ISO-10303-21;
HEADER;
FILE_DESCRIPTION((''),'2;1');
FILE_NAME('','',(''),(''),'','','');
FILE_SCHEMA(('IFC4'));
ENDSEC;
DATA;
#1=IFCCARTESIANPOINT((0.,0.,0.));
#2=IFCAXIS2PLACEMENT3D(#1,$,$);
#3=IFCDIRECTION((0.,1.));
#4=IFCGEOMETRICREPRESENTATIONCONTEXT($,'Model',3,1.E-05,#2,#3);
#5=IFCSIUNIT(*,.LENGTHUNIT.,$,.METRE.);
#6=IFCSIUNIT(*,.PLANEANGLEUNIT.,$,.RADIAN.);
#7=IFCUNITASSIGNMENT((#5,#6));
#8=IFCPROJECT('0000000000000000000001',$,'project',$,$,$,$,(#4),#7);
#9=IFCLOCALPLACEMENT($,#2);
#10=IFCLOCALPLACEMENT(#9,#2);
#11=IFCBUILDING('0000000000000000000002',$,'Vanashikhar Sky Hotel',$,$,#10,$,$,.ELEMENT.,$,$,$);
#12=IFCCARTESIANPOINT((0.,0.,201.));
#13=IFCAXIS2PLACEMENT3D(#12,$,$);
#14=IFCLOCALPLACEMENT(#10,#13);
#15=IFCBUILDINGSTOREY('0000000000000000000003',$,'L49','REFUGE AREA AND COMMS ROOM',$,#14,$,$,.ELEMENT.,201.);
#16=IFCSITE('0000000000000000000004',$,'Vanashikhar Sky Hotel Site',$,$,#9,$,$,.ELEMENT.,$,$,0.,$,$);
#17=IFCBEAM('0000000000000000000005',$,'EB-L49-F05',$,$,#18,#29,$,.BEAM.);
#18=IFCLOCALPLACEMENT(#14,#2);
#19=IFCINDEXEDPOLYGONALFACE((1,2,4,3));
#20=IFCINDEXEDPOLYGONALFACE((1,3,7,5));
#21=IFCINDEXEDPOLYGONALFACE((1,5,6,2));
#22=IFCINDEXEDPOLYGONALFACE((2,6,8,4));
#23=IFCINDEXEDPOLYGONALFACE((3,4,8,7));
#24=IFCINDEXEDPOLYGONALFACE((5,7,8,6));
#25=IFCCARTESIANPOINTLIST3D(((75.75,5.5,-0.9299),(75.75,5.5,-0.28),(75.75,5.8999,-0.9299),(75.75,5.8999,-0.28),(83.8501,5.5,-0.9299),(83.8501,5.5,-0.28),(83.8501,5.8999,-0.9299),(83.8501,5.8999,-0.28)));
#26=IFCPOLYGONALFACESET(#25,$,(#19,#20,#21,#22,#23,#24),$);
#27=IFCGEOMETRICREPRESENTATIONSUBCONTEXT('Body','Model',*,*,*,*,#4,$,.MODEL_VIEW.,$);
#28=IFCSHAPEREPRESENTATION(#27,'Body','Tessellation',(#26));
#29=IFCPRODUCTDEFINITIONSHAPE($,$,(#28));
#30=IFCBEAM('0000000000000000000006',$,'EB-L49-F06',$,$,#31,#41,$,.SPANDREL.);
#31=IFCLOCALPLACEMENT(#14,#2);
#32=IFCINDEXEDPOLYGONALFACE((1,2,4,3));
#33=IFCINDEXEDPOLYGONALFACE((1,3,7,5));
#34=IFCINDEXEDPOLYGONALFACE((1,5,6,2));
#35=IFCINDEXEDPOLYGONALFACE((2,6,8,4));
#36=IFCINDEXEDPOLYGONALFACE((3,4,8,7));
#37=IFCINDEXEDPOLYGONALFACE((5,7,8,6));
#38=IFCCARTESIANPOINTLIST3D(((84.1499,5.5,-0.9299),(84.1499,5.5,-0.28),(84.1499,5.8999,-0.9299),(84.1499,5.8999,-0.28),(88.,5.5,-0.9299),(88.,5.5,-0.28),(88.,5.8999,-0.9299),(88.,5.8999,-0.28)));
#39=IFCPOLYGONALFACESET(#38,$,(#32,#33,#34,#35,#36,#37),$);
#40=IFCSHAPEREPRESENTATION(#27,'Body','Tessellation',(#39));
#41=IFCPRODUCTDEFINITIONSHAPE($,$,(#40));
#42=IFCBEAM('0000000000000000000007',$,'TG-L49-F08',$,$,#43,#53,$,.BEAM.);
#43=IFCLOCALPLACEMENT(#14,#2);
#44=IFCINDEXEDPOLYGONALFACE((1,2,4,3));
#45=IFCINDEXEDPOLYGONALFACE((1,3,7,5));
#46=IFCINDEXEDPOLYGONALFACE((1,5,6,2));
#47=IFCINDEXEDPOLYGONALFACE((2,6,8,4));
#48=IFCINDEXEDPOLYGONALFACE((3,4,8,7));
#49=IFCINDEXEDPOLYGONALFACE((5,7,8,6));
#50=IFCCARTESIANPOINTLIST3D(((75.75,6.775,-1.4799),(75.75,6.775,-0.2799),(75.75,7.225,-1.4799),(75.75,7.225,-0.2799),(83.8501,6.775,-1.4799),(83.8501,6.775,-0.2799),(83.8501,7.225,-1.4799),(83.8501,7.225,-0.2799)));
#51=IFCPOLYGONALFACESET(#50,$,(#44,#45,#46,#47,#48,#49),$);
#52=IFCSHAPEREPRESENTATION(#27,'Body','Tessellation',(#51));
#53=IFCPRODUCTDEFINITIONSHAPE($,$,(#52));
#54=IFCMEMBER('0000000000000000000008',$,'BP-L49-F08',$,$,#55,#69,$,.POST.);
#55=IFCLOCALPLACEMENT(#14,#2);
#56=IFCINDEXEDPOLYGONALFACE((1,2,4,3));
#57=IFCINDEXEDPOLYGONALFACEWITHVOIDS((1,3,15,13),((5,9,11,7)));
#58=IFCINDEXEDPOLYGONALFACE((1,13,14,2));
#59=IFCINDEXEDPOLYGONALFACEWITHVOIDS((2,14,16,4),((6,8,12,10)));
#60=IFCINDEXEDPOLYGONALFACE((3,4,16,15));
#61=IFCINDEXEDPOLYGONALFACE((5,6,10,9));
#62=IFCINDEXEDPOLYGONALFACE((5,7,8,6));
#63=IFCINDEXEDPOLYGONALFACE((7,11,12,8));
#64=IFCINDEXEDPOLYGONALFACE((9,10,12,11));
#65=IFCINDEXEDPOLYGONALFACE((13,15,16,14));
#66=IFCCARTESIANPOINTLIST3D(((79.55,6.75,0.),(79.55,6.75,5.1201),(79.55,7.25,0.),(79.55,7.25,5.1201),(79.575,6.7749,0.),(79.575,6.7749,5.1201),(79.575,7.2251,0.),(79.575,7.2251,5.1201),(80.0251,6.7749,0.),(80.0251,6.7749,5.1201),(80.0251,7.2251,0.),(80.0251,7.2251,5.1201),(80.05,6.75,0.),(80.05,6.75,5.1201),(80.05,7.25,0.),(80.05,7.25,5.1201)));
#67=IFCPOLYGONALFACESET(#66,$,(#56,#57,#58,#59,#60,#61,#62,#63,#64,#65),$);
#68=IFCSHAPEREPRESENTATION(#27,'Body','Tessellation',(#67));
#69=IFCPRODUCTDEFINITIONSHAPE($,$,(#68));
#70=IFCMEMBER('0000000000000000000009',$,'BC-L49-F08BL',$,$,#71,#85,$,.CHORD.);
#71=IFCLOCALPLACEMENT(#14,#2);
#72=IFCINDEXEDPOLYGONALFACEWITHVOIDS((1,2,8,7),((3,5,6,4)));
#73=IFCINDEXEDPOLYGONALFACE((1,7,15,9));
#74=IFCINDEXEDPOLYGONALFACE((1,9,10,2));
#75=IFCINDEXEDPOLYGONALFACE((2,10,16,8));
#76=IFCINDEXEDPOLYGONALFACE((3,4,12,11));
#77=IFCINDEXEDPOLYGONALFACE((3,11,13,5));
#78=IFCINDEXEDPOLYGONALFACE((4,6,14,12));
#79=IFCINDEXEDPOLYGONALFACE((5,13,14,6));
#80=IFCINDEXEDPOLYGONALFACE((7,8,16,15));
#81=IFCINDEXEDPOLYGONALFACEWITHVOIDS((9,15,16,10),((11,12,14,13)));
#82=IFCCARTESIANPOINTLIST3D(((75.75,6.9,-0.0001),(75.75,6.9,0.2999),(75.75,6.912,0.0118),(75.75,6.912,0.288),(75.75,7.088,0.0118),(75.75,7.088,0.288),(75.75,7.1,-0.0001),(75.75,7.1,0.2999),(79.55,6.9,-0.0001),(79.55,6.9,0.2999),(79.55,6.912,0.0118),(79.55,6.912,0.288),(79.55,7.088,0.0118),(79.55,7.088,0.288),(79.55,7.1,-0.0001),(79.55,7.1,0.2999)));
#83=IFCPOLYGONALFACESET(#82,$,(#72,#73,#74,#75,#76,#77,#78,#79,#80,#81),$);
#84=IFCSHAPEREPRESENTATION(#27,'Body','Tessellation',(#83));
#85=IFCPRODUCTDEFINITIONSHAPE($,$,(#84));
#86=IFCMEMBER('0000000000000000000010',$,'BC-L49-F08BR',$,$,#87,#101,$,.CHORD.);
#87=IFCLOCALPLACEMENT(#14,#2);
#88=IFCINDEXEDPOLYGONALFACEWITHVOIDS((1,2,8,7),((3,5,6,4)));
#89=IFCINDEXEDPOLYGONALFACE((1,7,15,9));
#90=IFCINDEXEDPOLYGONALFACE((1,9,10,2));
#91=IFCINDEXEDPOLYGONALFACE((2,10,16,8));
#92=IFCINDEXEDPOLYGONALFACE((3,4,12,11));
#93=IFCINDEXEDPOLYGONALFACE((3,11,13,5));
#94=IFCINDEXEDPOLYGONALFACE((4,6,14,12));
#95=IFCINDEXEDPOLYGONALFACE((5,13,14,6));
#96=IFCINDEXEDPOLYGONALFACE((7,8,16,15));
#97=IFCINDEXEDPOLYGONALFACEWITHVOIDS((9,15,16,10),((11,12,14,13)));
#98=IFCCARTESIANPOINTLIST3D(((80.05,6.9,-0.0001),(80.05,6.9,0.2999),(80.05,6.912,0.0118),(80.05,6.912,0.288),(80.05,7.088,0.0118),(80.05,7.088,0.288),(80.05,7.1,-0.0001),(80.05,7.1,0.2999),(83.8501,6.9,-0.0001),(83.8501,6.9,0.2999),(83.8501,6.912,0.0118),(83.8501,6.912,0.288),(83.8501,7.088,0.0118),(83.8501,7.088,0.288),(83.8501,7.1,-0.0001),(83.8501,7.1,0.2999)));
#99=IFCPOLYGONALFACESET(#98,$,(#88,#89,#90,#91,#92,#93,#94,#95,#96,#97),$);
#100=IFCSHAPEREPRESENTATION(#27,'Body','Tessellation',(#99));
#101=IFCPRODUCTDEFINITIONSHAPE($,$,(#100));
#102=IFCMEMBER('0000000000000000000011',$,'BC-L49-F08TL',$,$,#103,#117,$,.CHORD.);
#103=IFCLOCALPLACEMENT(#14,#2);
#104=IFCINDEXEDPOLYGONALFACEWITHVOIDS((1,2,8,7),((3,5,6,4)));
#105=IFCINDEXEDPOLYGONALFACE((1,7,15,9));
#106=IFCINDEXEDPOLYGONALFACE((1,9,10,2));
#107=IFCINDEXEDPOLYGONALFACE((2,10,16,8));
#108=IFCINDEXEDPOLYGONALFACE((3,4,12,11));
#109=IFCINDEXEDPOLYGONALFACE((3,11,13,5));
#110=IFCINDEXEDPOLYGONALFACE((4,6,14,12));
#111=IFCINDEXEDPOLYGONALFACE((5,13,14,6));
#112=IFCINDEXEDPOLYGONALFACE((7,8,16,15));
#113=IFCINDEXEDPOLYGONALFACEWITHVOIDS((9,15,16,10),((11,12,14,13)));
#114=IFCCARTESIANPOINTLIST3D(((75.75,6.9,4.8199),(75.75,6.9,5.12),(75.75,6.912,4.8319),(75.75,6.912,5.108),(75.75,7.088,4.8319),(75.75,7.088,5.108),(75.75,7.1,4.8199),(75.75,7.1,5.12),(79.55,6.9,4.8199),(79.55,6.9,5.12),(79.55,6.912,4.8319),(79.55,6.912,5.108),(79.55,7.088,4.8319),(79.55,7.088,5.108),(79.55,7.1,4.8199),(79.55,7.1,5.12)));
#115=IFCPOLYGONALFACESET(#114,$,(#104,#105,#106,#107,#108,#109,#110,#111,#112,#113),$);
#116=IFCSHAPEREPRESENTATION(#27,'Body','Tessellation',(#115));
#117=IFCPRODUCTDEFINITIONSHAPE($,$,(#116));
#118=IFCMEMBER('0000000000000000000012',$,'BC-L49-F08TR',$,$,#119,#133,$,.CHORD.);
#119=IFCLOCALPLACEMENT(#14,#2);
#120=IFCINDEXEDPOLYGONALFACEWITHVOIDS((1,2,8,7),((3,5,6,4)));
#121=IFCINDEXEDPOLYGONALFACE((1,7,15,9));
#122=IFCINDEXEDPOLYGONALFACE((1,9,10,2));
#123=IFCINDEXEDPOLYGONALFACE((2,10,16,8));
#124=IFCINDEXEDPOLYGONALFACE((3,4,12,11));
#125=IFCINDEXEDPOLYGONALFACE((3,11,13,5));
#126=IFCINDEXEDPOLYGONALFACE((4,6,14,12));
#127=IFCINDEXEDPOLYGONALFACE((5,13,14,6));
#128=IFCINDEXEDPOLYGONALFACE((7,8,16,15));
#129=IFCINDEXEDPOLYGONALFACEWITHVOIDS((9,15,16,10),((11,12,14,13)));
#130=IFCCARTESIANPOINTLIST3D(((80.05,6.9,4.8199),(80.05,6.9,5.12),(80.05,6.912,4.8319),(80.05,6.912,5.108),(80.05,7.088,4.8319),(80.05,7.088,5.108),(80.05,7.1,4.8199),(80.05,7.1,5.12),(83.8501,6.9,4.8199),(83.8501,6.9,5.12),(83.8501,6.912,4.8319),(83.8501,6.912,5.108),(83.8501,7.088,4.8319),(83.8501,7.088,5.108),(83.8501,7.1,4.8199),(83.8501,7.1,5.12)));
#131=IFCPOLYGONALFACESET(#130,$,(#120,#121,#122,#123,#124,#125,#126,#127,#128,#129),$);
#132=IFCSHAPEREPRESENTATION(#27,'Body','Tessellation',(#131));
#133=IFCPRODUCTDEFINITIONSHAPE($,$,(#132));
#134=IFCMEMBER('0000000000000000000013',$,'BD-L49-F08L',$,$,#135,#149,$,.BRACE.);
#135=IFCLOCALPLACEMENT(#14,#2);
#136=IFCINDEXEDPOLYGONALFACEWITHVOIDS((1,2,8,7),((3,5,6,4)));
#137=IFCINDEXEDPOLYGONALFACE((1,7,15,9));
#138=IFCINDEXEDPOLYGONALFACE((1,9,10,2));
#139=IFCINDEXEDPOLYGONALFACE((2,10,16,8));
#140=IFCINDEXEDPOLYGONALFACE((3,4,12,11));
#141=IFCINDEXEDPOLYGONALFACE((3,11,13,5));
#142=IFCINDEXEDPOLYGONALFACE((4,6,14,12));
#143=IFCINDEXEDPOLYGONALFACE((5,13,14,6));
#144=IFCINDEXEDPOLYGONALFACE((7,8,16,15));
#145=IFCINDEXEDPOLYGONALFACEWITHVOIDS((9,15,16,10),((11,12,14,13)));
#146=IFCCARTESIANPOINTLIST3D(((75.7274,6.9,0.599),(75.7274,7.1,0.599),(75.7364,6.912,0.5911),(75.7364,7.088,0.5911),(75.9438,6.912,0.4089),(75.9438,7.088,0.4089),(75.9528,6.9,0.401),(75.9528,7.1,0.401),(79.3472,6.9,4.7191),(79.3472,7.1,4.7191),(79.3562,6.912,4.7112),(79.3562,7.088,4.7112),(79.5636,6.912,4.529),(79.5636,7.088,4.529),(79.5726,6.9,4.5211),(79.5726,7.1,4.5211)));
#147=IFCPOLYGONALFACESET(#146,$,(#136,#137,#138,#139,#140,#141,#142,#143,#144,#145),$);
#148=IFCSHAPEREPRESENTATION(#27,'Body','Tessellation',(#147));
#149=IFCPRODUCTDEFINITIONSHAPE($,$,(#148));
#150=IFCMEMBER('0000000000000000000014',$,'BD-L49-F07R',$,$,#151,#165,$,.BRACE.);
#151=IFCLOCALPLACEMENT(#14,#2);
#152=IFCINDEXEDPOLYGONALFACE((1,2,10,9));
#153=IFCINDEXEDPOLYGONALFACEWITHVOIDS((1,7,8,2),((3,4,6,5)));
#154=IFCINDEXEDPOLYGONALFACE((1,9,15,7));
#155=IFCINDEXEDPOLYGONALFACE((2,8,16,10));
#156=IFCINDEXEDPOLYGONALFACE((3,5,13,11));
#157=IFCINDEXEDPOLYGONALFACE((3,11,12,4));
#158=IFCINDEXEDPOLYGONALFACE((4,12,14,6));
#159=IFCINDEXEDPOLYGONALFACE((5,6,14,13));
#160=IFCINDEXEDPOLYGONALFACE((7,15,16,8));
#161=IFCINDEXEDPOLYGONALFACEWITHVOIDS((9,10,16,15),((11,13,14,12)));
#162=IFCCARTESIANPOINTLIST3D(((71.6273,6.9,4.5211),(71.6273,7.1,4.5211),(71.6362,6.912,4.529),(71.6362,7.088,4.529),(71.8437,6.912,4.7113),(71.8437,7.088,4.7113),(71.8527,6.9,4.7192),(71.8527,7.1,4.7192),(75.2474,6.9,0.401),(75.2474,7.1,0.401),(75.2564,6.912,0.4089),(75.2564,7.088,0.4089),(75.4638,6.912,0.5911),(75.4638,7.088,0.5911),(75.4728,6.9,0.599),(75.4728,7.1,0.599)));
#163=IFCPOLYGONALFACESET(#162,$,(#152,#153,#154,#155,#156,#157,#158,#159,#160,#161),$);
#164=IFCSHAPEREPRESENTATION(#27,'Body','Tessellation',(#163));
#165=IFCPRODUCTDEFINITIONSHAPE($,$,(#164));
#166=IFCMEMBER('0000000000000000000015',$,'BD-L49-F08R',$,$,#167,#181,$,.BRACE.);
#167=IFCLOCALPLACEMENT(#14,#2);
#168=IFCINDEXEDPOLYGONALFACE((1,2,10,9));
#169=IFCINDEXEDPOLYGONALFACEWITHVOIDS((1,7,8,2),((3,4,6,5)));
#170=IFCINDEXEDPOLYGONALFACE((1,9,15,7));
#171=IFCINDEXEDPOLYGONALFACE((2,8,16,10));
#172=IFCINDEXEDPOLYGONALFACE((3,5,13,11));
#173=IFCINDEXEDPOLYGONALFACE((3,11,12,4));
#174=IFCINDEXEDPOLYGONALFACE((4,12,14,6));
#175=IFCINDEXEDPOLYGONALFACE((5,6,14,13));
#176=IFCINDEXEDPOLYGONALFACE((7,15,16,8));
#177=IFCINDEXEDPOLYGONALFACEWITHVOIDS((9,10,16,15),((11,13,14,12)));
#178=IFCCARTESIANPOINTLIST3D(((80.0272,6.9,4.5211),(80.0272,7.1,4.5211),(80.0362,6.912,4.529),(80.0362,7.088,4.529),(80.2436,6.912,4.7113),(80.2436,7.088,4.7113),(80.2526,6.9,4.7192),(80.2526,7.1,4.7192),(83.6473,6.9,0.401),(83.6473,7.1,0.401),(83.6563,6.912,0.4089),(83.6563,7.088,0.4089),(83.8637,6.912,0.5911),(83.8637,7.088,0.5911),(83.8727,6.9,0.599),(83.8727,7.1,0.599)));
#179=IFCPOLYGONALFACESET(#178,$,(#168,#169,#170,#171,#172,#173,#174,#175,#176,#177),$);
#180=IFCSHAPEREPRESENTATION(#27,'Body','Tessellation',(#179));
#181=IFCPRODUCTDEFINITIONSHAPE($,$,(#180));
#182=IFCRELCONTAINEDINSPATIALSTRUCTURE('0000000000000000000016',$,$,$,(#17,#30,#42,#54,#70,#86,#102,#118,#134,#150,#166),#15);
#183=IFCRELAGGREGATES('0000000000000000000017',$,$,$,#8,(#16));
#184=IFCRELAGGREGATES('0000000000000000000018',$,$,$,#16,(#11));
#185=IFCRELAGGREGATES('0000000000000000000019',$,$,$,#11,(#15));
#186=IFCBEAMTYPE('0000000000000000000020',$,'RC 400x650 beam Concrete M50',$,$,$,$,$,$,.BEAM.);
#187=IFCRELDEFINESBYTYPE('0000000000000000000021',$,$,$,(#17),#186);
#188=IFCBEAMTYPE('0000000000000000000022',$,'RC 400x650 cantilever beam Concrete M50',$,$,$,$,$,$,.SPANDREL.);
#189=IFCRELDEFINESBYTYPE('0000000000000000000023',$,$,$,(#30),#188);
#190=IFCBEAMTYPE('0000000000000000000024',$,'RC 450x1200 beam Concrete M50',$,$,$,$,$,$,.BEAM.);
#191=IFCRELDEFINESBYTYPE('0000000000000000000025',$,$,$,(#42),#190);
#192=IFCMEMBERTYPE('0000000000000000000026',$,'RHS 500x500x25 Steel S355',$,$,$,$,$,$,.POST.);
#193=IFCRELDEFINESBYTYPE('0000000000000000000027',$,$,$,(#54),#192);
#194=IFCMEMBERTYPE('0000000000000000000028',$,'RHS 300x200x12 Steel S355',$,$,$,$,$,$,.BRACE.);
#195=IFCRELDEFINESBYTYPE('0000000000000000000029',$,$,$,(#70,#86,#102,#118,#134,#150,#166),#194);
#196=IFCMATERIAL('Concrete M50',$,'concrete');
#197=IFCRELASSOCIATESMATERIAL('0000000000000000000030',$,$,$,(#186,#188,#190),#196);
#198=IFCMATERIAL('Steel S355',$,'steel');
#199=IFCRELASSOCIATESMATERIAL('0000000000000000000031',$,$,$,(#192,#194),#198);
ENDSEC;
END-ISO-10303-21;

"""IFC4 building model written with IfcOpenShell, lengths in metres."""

from ifc_helpers import new_model, si_unit, direction, frame, origin, origin_2d, place, context, subcontext, project, spatial, rectangle, hollow_rectangle, extrude, source, transform, mapped, material, material_profile, profile_set, type_object, element, save


model = new_model("IFC4")

# Units and contexts
model_context = context("Model", 3, precision=1e-05, world=origin(), true_north=direction((0.0, 1.0)))
body_context = subcontext(model_context, "Body", "Model", "MODEL_VIEW")
ifc_project = project(units=[si_unit("LENGTHUNIT", "METRE"), si_unit("PLANEANGLEUNIT", "RADIAN")], contexts=[model_context])

# Site, building, storey
site_placement = place(None, origin())
site = spatial("IfcSite", under=ifc_project, at=site_placement, Name="Vanashikhar Sky Hotel Site", CompositionType="ELEMENT", RefElevation=0.0)
building_placement = place(site_placement, origin())
building = spatial("IfcBuilding", under=site, at=building_placement, Name="Vanashikhar Sky Hotel", CompositionType="ELEMENT")
storey_placement = place(building_placement, frame((0.0, 0.0, 201.0)))
storey = spatial("IfcBuildingStorey", under=building, at=storey_placement, Name="L49", Description="REFUGE AREA AND COMMS ROOM", CompositionType="ELEMENT", Elevation=201.0)

# Beams
ifc_material_1 = material(Name="Concrete M50", Category="concrete")
ifc_material_profile_1 = material_profile(ifc_material_1, rectangle(XDim=0.3999, YDim=0.6499, at=origin_2d()))
ifc_profile_set_1 = profile_set([ifc_material_profile_1], Name="RC 400x650 beam Concrete M50")
beam_type_1 = type_object("IfcBeamType", Name="RC 400x650 beam Concrete M50", PredefinedType="BEAM", material=ifc_profile_set_1)
shared_shape_1 = source(origin(), body_context, "Body", "SweptSolid", [
    extrude(rectangle(XDim=0.3999, YDim=0.6499, at=origin_2d()), origin(), (0.0, 0.0, 1.0), 8.1001),
])
beam_1_placement = place(storey_placement, frame((75.75, 5.7, -0.605), z_axis=(1.0, 0.0, 0.0), x_axis=(0.0, 1.0, 0.0)))
element("IfcBeam", 1, at=beam_1_placement, inside=storey, type_object=beam_type_1, Name="EB-L49-F05", PredefinedType="BEAM", context=body_context, shape_type="MappedRepresentation", body=[
    mapped(shared_shape_1, transform((0.0, 0.0, 0.0), scale=1.0)),
])
ifc_material_profile_2 = material_profile(ifc_material_1, rectangle(XDim=0.3999, YDim=0.6499, at=origin_2d()))
ifc_profile_set_2 = profile_set([ifc_material_profile_2], Name="RC 400x650 cantilever beam Concrete M50")
beam_type_2 = type_object("IfcBeamType", Name="RC 400x650 cantilever beam Concrete M50", PredefinedType="SPANDREL", material=ifc_profile_set_2)
shared_shape_2 = source(origin(), body_context, "Body", "SweptSolid", [
    extrude(rectangle(XDim=0.3999, YDim=0.6499, at=origin_2d()), origin(), (0.0, 0.0, 1.0), 3.8501),
])
beam_2_placement = place(storey_placement, frame((84.1499, 5.7, -0.605), z_axis=(1.0, 0.0, 0.0), x_axis=(0.0, 1.0, 0.0)))
element("IfcBeam", 2, at=beam_2_placement, inside=storey, type_object=beam_type_2, Name="EB-L49-F06", PredefinedType="SPANDREL", context=body_context, shape_type="MappedRepresentation", body=[
    mapped(shared_shape_2, transform((0.0, 0.0, 0.0), scale=1.0)),
])
ifc_material_profile_3 = material_profile(ifc_material_1, rectangle(XDim=0.45, YDim=1.2, at=origin_2d()))
ifc_profile_set_3 = profile_set([ifc_material_profile_3], Name="RC 450x1200 beam Concrete M50")
beam_type_3 = type_object("IfcBeamType", Name="RC 450x1200 beam Concrete M50", PredefinedType="BEAM", material=ifc_profile_set_3)
shared_shape_3 = source(origin(), body_context, "Body", "SweptSolid", [
    extrude(rectangle(XDim=0.45, YDim=1.2, at=origin_2d()), origin(), (0.0, 0.0, 1.0), 8.1001),
])
beam_3_placement = place(storey_placement, frame((75.75, 7.0, -0.8799), z_axis=(1.0, 0.0, 0.0), x_axis=(0.0, 1.0, 0.0)))
element("IfcBeam", 3, at=beam_3_placement, inside=storey, type_object=beam_type_3, Name="TG-L49-F08", PredefinedType="BEAM", context=body_context, shape_type="MappedRepresentation", body=[
    mapped(shared_shape_3, transform((0.0, 0.0, 0.0), scale=1.0)),
])

# Members
ifc_material_2 = material(Name="Steel S355", Category="steel")
ifc_material_profile_4 = material_profile(ifc_material_2, hollow_rectangle(XDim=0.5, YDim=0.5, WallThickness=0.0249, at=origin_2d()))
ifc_profile_set_4 = profile_set([ifc_material_profile_4], Name="RHS 500x500x25 Steel S355")
member_type_1 = type_object("IfcMemberType", Name="RHS 500x500x25 Steel S355", PredefinedType="POST", material=ifc_profile_set_4)
shared_shape_4 = source(origin(), body_context, "Body", "SweptSolid", [
    extrude(hollow_rectangle(XDim=0.5, YDim=0.5, WallThickness=0.0249, at=origin_2d()), origin(), (0.0, 0.0, 1.0), 5.1201),
])
member_1_placement = place(storey_placement, frame((79.8, 7.0, 0.0), z_axis=(0.0, 0.0, 1.0), x_axis=(1.0, 0.0, 0.0)))
element("IfcMember", 4, at=member_1_placement, inside=storey, type_object=member_type_1, Name="BP-L49-F08", PredefinedType="POST", context=body_context, shape_type="MappedRepresentation", body=[
    mapped(shared_shape_4, transform((0.0, 0.0, 0.0), scale=1.0)),
])
ifc_material_profile_5 = material_profile(ifc_material_2, hollow_rectangle(XDim=0.2, YDim=0.3, WallThickness=0.012, at=origin_2d()))
ifc_profile_set_5 = profile_set([ifc_material_profile_5], Name="RHS 300x200x12 Steel S355")
member_type_2 = type_object("IfcMemberType", Name="RHS 300x200x12 Steel S355", PredefinedType="BRACE", material=ifc_profile_set_5)
shared_shape_5 = source(origin(), body_context, "Body", "SweptSolid", [
    extrude(hollow_rectangle(XDim=0.2, YDim=0.3, WallThickness=0.012, at=origin_2d()), origin(), (0.0, 0.0, 1.0), 3.8),
])
for number, where, z_axis, x_axis, name in (
    (5, (75.75, 7.0, 0.1499), (1.0, 0.0, 0.0), (0.0, 1.0, 0.0), "BC-L49-F08BL"),
    (6, (80.05, 7.0, 0.1499), (1.0, 0.0, 0.0), (0.0, 1.0, 0.0), "BC-L49-F08BR"),
    (7, (75.75, 7.0, 4.97), (1.0, 0.0, 0.0), (0.0, 1.0, 0.0), "BC-L49-F08TL"),
    (8, (80.05, 7.0, 4.97), (1.0, 0.0, 0.0), (0.0, 1.0, 0.0), "BC-L49-F08TR"),
):
    element("IfcMember", number, at=place(storey_placement, frame(where, z_axis=z_axis, x_axis=x_axis)), inside=storey, type_object=member_type_2, Name=name, PredefinedType="CHORD", context=body_context, shape_type="MappedRepresentation", body=[
        mapped(shared_shape_5, transform((0.0, 0.0, 0.0), scale=1.0)),
    ])
shared_shape_6 = source(origin(), body_context, "Body", "SweptSolid", [
    extrude(hollow_rectangle(XDim=0.2, YDim=0.3, WallThickness=0.012, at=origin_2d()), origin(), (0.0, 0.0, 1.0), 5.4844),
])
member_2_placement = place(storey_placement, frame((75.8401, 7.0, 0.5), z_axis=(0.660029, 0.0, 0.75124), x_axis=(0.0, 1.0, 0.0)))
element("IfcMember", 9, at=member_2_placement, inside=storey, type_object=member_type_2, Name="BD-L49-F08L", PredefinedType="BRACE", context=body_context, shape_type="MappedRepresentation", body=[
    mapped(shared_shape_6, transform((0.0, 0.0, 0.0), scale=1.0)),
])
shared_shape_7 = source(origin(), body_context, "Body", "SweptSolid", [
    extrude(hollow_rectangle(XDim=0.2, YDim=0.3, WallThickness=0.012, at=origin_2d()), origin(), (0.0, 0.0, 1.0), 5.4846),
])
for number, where, z_axis, x_axis, name in (
    (10, (75.3601, 7.0, 0.5), (-0.660054, 0.0, 0.751218), (0.0, -1.0, 0.0), "BD-L49-F07R"),
    (11, (83.76, 7.0, 0.5), (-0.660054, 0.0, 0.751218), (0.0, -1.0, 0.0), "BD-L49-F08R"),
):
    element("IfcMember", number, at=place(storey_placement, frame(where, z_axis=z_axis, x_axis=x_axis)), inside=storey, type_object=member_type_2, Name=name, PredefinedType="BRACE", context=body_context, shape_type="MappedRepresentation", body=[
        mapped(shared_shape_7, transform((0.0, 0.0, 0.0), scale=1.0)),
    ])

save(model, "model.ifc")
